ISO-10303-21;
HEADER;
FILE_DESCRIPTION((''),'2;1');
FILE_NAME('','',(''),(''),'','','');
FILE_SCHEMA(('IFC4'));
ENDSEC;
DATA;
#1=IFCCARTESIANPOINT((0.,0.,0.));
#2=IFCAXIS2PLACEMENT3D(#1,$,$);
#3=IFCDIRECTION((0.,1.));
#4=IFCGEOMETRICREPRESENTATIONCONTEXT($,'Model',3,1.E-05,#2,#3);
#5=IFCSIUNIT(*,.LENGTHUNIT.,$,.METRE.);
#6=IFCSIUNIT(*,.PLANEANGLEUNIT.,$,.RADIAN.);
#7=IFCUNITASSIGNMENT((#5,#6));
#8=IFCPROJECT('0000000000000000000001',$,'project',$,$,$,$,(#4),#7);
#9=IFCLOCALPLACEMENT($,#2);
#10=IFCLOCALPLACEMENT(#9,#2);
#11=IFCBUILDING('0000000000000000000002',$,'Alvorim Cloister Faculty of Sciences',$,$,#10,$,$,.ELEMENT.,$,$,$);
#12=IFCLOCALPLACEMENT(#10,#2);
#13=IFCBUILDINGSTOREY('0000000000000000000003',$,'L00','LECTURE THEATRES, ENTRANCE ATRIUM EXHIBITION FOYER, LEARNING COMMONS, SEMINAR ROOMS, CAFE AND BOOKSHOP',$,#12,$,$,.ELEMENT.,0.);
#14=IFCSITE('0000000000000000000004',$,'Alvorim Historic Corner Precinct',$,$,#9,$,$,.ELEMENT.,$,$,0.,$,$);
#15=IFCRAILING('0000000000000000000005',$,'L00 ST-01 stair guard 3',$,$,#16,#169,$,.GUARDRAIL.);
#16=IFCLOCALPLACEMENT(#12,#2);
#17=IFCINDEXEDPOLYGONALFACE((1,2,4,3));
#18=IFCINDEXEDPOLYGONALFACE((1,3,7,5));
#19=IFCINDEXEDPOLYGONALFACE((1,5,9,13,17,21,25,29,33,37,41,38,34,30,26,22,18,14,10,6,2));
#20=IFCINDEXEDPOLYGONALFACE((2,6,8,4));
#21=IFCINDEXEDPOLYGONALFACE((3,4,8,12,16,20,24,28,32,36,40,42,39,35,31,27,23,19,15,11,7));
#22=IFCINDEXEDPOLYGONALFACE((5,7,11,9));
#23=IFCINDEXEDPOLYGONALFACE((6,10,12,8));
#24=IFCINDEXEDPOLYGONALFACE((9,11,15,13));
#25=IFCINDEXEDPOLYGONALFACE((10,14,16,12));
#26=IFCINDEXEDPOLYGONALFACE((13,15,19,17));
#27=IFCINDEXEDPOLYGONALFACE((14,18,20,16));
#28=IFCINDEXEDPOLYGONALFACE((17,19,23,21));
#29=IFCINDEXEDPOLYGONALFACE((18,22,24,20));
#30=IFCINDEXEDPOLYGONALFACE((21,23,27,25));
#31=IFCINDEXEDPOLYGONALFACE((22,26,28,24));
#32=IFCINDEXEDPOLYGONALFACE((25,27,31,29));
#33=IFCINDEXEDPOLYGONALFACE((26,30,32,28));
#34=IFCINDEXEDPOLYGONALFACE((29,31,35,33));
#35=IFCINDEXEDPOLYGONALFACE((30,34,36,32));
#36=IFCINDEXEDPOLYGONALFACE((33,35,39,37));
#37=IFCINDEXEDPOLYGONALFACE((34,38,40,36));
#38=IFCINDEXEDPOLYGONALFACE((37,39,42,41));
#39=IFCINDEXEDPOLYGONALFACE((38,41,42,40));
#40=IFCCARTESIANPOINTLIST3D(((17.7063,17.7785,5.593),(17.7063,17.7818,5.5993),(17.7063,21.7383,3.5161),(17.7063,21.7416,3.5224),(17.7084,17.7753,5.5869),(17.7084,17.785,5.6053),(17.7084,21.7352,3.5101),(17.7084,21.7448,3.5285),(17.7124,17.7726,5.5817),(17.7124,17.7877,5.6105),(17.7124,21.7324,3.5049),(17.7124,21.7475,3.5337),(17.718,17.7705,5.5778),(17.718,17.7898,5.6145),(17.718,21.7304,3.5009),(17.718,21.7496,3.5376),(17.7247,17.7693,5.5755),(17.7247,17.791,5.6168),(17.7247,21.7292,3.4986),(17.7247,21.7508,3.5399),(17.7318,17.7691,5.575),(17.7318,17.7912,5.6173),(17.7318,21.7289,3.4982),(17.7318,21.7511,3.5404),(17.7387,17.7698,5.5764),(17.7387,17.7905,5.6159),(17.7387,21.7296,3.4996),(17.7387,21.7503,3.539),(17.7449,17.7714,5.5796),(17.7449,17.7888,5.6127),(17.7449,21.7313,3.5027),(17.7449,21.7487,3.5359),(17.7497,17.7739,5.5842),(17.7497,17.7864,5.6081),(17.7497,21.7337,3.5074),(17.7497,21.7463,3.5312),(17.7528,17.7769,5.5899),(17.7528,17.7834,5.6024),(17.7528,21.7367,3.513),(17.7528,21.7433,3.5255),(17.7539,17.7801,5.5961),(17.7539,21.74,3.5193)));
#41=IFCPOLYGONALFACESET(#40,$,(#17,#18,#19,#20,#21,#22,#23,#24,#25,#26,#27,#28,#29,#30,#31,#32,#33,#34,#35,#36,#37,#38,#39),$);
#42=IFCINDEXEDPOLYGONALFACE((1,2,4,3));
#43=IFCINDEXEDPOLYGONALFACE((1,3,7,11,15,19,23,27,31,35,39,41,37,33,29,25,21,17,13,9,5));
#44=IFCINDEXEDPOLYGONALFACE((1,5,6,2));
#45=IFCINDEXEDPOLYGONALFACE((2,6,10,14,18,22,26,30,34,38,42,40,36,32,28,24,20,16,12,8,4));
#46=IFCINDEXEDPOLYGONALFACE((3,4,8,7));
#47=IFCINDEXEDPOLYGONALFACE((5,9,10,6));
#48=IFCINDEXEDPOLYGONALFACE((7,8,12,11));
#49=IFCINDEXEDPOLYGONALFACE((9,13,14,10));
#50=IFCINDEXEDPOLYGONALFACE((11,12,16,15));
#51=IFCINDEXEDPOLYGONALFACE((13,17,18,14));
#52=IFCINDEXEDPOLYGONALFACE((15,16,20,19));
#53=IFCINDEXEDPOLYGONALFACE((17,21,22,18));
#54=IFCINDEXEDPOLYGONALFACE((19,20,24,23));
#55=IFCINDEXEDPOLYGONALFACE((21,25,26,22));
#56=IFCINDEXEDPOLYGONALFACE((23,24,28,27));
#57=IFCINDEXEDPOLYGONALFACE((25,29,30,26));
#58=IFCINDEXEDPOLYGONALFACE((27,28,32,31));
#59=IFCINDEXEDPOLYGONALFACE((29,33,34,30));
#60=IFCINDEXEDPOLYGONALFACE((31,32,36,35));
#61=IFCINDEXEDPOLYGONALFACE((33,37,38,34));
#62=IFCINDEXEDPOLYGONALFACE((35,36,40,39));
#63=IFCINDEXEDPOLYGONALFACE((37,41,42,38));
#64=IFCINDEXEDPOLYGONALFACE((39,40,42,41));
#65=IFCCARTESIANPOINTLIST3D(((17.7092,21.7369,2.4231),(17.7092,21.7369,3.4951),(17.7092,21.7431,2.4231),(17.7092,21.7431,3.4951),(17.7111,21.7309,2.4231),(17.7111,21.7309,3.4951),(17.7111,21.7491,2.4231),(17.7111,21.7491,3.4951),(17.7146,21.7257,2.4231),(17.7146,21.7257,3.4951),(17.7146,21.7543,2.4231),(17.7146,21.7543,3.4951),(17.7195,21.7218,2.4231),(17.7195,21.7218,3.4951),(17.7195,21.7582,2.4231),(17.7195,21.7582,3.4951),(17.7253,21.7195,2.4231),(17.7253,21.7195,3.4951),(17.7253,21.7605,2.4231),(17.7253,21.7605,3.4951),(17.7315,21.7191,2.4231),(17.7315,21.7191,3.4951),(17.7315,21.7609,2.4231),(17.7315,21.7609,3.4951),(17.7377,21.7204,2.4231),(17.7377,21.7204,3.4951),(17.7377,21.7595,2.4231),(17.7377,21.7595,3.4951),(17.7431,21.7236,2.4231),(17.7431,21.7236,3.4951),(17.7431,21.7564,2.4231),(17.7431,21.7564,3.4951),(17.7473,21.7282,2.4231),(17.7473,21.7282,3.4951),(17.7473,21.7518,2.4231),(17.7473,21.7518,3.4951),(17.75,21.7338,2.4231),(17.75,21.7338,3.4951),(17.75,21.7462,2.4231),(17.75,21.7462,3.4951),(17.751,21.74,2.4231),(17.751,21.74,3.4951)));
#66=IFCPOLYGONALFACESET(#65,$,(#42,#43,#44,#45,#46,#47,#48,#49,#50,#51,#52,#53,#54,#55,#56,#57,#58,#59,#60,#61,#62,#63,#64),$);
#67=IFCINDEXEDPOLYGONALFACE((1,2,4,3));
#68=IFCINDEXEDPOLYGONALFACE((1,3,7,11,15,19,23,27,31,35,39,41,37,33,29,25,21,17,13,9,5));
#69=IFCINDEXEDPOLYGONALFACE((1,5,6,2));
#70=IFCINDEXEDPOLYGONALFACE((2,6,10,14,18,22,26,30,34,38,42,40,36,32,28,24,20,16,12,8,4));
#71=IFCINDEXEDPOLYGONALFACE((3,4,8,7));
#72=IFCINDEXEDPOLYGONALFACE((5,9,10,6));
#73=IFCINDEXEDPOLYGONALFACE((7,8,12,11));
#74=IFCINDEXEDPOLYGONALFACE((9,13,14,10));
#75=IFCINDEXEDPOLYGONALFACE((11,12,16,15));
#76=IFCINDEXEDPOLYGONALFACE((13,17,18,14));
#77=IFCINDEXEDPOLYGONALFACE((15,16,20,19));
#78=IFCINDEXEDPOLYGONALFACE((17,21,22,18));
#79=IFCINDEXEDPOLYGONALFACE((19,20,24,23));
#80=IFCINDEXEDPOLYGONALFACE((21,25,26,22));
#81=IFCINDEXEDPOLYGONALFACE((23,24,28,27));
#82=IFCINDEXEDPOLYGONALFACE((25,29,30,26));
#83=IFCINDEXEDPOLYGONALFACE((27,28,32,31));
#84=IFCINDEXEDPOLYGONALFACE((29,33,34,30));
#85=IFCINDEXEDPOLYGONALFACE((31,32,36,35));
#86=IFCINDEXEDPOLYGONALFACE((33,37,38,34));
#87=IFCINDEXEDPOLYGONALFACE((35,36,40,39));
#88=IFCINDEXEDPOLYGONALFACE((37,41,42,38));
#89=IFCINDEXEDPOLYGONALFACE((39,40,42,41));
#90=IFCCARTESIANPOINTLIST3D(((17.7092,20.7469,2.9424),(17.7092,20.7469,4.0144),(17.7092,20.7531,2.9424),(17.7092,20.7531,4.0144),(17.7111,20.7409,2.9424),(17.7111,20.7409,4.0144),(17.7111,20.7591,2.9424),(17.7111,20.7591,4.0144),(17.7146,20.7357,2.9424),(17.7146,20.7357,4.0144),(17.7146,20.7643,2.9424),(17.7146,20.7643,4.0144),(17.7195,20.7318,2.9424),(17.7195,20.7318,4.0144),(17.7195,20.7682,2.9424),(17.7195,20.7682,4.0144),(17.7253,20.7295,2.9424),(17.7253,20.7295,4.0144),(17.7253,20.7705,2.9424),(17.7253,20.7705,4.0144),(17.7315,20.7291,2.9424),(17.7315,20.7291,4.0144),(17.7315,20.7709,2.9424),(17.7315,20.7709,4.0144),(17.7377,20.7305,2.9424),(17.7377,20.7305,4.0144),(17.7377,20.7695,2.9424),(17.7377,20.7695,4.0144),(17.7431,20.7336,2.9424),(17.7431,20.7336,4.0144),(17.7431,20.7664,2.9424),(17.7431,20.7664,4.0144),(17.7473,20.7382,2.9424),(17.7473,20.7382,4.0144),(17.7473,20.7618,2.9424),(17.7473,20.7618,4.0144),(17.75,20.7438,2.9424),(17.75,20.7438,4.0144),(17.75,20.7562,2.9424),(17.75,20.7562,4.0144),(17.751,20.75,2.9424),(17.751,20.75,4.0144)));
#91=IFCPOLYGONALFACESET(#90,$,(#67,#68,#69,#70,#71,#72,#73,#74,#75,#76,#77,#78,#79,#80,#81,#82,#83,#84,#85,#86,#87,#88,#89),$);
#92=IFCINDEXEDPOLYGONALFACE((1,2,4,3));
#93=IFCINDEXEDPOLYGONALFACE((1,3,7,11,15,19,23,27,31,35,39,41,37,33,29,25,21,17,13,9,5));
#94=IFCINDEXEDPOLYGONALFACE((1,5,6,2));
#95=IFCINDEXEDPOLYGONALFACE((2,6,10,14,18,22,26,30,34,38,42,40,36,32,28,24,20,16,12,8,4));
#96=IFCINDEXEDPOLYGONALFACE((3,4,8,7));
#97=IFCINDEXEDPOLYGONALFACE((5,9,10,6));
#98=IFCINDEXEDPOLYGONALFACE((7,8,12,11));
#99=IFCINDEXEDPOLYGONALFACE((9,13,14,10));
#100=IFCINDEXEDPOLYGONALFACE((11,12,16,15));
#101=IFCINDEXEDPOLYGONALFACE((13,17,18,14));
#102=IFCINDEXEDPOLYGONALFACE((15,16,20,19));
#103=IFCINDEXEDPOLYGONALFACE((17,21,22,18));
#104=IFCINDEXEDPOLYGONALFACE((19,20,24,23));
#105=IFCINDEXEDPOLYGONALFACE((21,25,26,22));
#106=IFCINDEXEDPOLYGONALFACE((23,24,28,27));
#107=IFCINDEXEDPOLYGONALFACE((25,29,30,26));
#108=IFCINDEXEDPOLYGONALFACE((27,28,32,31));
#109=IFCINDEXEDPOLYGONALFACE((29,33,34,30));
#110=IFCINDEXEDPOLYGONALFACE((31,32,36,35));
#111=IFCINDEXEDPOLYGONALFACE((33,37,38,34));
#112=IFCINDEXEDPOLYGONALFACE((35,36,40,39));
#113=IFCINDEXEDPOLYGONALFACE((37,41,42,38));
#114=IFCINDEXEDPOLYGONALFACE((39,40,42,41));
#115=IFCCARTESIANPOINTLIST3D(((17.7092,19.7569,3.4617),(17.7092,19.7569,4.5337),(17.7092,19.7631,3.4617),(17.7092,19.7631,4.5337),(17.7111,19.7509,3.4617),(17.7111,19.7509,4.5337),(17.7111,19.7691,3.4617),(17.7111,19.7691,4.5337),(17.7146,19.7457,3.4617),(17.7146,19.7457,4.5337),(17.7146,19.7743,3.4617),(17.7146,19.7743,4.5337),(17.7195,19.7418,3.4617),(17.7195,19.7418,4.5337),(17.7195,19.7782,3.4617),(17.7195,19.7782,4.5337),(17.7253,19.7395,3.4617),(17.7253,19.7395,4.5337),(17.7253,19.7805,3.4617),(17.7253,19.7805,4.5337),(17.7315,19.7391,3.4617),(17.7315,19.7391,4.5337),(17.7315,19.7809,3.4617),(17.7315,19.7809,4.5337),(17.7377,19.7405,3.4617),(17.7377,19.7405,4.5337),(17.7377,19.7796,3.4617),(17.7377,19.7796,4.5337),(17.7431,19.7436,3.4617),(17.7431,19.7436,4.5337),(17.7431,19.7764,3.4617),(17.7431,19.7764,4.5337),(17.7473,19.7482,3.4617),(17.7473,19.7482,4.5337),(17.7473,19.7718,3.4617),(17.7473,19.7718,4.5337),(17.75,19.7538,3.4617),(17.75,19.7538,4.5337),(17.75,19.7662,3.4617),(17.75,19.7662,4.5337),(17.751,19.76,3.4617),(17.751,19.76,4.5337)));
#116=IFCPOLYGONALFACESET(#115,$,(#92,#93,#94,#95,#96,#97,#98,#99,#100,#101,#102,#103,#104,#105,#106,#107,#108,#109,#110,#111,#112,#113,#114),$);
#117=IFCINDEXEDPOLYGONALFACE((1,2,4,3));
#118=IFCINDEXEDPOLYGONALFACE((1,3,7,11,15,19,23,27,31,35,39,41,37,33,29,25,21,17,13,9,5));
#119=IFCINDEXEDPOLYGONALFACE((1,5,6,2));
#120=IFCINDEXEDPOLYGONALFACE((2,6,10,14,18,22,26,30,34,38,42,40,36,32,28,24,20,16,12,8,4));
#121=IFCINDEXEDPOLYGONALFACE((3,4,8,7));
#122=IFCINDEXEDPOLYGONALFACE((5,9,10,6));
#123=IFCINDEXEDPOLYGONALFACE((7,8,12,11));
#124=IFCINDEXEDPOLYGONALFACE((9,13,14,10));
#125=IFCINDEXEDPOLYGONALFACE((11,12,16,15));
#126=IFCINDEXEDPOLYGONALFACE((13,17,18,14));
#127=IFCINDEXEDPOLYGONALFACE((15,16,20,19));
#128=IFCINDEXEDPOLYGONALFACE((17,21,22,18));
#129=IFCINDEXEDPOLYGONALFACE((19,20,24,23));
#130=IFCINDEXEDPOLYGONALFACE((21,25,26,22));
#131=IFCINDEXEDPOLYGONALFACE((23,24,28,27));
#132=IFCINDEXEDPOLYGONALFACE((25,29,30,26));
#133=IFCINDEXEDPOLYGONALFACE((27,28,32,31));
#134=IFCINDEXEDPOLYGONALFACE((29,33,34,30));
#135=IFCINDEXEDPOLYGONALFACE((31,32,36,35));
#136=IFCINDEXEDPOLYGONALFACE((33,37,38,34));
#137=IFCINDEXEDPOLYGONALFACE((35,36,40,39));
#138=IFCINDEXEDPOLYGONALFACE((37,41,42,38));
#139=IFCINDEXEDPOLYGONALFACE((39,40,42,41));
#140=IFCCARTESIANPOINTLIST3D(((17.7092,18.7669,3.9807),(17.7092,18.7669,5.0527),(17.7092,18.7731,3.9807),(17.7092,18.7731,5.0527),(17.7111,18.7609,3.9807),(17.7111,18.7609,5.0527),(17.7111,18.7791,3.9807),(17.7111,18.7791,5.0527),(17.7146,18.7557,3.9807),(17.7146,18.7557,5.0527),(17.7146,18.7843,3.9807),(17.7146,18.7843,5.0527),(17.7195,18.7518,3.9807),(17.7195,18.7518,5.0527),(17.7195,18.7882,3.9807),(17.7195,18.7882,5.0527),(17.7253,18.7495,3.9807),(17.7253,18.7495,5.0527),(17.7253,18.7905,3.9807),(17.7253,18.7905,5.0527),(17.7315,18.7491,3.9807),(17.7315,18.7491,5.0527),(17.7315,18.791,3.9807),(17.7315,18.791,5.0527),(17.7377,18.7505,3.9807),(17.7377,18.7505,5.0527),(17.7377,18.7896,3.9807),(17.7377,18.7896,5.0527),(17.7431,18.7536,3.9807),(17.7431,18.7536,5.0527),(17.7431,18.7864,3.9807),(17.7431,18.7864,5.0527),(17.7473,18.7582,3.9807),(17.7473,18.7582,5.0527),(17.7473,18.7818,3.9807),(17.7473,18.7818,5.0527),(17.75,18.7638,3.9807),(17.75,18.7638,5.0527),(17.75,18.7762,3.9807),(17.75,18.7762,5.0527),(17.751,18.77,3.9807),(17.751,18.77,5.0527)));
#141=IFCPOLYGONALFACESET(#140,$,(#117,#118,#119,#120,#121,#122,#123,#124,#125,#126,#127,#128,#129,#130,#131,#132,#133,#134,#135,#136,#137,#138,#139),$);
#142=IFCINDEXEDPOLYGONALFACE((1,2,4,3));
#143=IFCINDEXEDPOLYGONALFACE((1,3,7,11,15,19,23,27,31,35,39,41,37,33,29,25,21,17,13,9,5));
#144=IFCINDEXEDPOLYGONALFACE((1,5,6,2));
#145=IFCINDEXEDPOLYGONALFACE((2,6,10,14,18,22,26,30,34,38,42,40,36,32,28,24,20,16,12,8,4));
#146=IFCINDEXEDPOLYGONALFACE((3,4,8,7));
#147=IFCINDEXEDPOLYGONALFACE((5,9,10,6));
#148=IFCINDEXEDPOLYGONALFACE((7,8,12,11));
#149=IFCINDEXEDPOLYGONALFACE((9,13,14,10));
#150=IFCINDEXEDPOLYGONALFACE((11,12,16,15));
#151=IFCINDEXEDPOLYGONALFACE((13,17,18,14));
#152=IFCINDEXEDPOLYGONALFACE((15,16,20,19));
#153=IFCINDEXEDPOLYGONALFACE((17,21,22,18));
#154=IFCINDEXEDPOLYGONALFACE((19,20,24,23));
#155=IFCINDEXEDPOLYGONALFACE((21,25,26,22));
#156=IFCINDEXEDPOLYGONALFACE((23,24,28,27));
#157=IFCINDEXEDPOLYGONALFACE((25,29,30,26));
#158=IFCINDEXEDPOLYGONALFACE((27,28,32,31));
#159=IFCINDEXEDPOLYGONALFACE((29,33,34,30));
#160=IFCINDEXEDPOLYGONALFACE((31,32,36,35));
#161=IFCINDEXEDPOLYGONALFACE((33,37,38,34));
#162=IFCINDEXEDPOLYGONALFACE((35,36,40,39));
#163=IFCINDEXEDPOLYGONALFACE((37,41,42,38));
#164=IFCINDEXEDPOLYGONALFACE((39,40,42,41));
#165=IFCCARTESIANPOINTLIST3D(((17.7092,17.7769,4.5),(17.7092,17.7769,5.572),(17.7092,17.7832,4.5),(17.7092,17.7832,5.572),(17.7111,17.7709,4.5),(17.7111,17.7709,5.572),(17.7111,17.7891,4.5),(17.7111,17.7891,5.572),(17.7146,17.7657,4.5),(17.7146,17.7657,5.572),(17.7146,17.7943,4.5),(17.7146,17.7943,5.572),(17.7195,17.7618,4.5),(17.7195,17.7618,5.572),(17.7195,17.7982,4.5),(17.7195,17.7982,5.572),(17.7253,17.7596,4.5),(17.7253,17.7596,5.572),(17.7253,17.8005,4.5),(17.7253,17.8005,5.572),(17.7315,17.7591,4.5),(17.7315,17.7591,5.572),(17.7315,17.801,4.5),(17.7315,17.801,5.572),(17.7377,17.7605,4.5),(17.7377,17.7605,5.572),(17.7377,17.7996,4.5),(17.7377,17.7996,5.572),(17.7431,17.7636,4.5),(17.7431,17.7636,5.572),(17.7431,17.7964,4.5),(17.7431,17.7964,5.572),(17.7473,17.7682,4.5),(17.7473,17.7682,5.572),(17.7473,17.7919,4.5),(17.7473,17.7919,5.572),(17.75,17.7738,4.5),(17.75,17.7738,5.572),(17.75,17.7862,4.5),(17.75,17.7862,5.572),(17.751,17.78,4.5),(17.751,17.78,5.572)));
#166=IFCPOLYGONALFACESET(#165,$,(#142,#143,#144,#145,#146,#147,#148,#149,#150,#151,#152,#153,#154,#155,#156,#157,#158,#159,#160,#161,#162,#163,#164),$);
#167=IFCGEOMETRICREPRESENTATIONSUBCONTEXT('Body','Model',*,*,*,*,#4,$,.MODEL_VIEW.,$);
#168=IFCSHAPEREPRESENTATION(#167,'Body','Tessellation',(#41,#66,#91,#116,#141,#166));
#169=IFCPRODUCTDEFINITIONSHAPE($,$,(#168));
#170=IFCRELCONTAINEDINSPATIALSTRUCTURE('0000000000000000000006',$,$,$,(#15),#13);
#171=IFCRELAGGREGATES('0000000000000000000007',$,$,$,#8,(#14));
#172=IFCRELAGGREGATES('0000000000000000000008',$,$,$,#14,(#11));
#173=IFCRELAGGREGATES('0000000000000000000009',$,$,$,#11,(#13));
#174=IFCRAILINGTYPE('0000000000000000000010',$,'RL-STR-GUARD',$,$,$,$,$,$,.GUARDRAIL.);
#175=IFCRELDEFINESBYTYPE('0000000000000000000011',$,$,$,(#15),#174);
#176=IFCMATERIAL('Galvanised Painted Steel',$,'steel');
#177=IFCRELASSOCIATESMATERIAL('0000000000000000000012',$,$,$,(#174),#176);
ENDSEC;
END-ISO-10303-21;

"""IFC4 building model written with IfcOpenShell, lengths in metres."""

from ifc_helpers import new_model, si_unit, direction, frame, origin, origin_2d, place, context, subcontext, project, spatial, circle, extrude, material, type_object, element, save


model = new_model("IFC4")

# Units and contexts
model_context = context("Model", 3, precision=1e-05, world=origin(), true_north=direction((0.0, 1.0)))
body_context = subcontext(model_context, "Body", "Model", "MODEL_VIEW")
ifc_project = project(units=[si_unit("LENGTHUNIT", "METRE"), si_unit("PLANEANGLEUNIT", "RADIAN")], contexts=[model_context])

# Site, building, storey
site_placement = place(None, origin())
site = spatial("IfcSite", under=ifc_project, at=site_placement, Name="Alvorim Historic Corner Precinct", CompositionType="ELEMENT", RefElevation=0.0)
building_placement = place(site_placement, origin())
building = spatial("IfcBuilding", under=site, at=building_placement, Name="Alvorim Cloister Faculty of Sciences", CompositionType="ELEMENT")
storey_placement = place(building_placement, origin())
storey = spatial("IfcBuildingStorey", under=building, at=storey_placement, Name="L00", Description="LECTURE THEATRES, ENTRANCE ATRIUM EXHIBITION FOYER, LEARNING COMMONS, SEMINAR ROOMS, CAFE AND BOOKSHOP", CompositionType="ELEMENT", Elevation=0.0)

# Railing
ifc_material_1 = material(Name="Galvanised Painted Steel", Category="steel")
railing_type_1 = type_object("IfcRailingType", Name="RL-STR-GUARD", PredefinedType="GUARDRAIL", material=ifc_material_1)
for number, where, name in (
    (1, (17.73, 21.74, 2.4231), "L00 ST-01 stair guard 3"),
):
    element("IfcRailing", number, at=place(storey_placement, frame(where)), inside=storey, type_object=railing_type_1, Name=name, PredefinedType="GUARDRAIL", context=body_context, shape_type="SweptSolid", body=[
        extrude(circle(Radius=0.0239, at=origin_2d()), frame((0.0, 0.0, 1.0962), z_axis=(0.0, -0.885589, 0.46447), x_axis=(1.0, 0.0, 0.0)), (0.0, 0.0, 1.0), 4.4714),
        extrude(circle(Radius=0.021, at=origin_2d()), origin(), (0.0, 0.0, 1.0), 1.072),
        extrude(circle(Radius=0.021, at=origin_2d()), frame((0.0, -0.99, 0.5193)), (0.0, 0.0, 1.0), 1.072),
        extrude(circle(Radius=0.021, at=origin_2d()), frame((0.0, -1.98, 1.0386)), (0.0, 0.0, 1.0), 1.072),
        extrude(circle(Radius=0.021, at=origin_2d()), frame((0.0, -2.97, 1.5576)), (0.0, 0.0, 1.0), 1.072),
        extrude(circle(Radius=0.021, at=origin_2d()), frame((0.0, -3.96, 2.0769)), (0.0, 0.0, 1.0), 1.072),
    ])

save(model, "model.ifc")
